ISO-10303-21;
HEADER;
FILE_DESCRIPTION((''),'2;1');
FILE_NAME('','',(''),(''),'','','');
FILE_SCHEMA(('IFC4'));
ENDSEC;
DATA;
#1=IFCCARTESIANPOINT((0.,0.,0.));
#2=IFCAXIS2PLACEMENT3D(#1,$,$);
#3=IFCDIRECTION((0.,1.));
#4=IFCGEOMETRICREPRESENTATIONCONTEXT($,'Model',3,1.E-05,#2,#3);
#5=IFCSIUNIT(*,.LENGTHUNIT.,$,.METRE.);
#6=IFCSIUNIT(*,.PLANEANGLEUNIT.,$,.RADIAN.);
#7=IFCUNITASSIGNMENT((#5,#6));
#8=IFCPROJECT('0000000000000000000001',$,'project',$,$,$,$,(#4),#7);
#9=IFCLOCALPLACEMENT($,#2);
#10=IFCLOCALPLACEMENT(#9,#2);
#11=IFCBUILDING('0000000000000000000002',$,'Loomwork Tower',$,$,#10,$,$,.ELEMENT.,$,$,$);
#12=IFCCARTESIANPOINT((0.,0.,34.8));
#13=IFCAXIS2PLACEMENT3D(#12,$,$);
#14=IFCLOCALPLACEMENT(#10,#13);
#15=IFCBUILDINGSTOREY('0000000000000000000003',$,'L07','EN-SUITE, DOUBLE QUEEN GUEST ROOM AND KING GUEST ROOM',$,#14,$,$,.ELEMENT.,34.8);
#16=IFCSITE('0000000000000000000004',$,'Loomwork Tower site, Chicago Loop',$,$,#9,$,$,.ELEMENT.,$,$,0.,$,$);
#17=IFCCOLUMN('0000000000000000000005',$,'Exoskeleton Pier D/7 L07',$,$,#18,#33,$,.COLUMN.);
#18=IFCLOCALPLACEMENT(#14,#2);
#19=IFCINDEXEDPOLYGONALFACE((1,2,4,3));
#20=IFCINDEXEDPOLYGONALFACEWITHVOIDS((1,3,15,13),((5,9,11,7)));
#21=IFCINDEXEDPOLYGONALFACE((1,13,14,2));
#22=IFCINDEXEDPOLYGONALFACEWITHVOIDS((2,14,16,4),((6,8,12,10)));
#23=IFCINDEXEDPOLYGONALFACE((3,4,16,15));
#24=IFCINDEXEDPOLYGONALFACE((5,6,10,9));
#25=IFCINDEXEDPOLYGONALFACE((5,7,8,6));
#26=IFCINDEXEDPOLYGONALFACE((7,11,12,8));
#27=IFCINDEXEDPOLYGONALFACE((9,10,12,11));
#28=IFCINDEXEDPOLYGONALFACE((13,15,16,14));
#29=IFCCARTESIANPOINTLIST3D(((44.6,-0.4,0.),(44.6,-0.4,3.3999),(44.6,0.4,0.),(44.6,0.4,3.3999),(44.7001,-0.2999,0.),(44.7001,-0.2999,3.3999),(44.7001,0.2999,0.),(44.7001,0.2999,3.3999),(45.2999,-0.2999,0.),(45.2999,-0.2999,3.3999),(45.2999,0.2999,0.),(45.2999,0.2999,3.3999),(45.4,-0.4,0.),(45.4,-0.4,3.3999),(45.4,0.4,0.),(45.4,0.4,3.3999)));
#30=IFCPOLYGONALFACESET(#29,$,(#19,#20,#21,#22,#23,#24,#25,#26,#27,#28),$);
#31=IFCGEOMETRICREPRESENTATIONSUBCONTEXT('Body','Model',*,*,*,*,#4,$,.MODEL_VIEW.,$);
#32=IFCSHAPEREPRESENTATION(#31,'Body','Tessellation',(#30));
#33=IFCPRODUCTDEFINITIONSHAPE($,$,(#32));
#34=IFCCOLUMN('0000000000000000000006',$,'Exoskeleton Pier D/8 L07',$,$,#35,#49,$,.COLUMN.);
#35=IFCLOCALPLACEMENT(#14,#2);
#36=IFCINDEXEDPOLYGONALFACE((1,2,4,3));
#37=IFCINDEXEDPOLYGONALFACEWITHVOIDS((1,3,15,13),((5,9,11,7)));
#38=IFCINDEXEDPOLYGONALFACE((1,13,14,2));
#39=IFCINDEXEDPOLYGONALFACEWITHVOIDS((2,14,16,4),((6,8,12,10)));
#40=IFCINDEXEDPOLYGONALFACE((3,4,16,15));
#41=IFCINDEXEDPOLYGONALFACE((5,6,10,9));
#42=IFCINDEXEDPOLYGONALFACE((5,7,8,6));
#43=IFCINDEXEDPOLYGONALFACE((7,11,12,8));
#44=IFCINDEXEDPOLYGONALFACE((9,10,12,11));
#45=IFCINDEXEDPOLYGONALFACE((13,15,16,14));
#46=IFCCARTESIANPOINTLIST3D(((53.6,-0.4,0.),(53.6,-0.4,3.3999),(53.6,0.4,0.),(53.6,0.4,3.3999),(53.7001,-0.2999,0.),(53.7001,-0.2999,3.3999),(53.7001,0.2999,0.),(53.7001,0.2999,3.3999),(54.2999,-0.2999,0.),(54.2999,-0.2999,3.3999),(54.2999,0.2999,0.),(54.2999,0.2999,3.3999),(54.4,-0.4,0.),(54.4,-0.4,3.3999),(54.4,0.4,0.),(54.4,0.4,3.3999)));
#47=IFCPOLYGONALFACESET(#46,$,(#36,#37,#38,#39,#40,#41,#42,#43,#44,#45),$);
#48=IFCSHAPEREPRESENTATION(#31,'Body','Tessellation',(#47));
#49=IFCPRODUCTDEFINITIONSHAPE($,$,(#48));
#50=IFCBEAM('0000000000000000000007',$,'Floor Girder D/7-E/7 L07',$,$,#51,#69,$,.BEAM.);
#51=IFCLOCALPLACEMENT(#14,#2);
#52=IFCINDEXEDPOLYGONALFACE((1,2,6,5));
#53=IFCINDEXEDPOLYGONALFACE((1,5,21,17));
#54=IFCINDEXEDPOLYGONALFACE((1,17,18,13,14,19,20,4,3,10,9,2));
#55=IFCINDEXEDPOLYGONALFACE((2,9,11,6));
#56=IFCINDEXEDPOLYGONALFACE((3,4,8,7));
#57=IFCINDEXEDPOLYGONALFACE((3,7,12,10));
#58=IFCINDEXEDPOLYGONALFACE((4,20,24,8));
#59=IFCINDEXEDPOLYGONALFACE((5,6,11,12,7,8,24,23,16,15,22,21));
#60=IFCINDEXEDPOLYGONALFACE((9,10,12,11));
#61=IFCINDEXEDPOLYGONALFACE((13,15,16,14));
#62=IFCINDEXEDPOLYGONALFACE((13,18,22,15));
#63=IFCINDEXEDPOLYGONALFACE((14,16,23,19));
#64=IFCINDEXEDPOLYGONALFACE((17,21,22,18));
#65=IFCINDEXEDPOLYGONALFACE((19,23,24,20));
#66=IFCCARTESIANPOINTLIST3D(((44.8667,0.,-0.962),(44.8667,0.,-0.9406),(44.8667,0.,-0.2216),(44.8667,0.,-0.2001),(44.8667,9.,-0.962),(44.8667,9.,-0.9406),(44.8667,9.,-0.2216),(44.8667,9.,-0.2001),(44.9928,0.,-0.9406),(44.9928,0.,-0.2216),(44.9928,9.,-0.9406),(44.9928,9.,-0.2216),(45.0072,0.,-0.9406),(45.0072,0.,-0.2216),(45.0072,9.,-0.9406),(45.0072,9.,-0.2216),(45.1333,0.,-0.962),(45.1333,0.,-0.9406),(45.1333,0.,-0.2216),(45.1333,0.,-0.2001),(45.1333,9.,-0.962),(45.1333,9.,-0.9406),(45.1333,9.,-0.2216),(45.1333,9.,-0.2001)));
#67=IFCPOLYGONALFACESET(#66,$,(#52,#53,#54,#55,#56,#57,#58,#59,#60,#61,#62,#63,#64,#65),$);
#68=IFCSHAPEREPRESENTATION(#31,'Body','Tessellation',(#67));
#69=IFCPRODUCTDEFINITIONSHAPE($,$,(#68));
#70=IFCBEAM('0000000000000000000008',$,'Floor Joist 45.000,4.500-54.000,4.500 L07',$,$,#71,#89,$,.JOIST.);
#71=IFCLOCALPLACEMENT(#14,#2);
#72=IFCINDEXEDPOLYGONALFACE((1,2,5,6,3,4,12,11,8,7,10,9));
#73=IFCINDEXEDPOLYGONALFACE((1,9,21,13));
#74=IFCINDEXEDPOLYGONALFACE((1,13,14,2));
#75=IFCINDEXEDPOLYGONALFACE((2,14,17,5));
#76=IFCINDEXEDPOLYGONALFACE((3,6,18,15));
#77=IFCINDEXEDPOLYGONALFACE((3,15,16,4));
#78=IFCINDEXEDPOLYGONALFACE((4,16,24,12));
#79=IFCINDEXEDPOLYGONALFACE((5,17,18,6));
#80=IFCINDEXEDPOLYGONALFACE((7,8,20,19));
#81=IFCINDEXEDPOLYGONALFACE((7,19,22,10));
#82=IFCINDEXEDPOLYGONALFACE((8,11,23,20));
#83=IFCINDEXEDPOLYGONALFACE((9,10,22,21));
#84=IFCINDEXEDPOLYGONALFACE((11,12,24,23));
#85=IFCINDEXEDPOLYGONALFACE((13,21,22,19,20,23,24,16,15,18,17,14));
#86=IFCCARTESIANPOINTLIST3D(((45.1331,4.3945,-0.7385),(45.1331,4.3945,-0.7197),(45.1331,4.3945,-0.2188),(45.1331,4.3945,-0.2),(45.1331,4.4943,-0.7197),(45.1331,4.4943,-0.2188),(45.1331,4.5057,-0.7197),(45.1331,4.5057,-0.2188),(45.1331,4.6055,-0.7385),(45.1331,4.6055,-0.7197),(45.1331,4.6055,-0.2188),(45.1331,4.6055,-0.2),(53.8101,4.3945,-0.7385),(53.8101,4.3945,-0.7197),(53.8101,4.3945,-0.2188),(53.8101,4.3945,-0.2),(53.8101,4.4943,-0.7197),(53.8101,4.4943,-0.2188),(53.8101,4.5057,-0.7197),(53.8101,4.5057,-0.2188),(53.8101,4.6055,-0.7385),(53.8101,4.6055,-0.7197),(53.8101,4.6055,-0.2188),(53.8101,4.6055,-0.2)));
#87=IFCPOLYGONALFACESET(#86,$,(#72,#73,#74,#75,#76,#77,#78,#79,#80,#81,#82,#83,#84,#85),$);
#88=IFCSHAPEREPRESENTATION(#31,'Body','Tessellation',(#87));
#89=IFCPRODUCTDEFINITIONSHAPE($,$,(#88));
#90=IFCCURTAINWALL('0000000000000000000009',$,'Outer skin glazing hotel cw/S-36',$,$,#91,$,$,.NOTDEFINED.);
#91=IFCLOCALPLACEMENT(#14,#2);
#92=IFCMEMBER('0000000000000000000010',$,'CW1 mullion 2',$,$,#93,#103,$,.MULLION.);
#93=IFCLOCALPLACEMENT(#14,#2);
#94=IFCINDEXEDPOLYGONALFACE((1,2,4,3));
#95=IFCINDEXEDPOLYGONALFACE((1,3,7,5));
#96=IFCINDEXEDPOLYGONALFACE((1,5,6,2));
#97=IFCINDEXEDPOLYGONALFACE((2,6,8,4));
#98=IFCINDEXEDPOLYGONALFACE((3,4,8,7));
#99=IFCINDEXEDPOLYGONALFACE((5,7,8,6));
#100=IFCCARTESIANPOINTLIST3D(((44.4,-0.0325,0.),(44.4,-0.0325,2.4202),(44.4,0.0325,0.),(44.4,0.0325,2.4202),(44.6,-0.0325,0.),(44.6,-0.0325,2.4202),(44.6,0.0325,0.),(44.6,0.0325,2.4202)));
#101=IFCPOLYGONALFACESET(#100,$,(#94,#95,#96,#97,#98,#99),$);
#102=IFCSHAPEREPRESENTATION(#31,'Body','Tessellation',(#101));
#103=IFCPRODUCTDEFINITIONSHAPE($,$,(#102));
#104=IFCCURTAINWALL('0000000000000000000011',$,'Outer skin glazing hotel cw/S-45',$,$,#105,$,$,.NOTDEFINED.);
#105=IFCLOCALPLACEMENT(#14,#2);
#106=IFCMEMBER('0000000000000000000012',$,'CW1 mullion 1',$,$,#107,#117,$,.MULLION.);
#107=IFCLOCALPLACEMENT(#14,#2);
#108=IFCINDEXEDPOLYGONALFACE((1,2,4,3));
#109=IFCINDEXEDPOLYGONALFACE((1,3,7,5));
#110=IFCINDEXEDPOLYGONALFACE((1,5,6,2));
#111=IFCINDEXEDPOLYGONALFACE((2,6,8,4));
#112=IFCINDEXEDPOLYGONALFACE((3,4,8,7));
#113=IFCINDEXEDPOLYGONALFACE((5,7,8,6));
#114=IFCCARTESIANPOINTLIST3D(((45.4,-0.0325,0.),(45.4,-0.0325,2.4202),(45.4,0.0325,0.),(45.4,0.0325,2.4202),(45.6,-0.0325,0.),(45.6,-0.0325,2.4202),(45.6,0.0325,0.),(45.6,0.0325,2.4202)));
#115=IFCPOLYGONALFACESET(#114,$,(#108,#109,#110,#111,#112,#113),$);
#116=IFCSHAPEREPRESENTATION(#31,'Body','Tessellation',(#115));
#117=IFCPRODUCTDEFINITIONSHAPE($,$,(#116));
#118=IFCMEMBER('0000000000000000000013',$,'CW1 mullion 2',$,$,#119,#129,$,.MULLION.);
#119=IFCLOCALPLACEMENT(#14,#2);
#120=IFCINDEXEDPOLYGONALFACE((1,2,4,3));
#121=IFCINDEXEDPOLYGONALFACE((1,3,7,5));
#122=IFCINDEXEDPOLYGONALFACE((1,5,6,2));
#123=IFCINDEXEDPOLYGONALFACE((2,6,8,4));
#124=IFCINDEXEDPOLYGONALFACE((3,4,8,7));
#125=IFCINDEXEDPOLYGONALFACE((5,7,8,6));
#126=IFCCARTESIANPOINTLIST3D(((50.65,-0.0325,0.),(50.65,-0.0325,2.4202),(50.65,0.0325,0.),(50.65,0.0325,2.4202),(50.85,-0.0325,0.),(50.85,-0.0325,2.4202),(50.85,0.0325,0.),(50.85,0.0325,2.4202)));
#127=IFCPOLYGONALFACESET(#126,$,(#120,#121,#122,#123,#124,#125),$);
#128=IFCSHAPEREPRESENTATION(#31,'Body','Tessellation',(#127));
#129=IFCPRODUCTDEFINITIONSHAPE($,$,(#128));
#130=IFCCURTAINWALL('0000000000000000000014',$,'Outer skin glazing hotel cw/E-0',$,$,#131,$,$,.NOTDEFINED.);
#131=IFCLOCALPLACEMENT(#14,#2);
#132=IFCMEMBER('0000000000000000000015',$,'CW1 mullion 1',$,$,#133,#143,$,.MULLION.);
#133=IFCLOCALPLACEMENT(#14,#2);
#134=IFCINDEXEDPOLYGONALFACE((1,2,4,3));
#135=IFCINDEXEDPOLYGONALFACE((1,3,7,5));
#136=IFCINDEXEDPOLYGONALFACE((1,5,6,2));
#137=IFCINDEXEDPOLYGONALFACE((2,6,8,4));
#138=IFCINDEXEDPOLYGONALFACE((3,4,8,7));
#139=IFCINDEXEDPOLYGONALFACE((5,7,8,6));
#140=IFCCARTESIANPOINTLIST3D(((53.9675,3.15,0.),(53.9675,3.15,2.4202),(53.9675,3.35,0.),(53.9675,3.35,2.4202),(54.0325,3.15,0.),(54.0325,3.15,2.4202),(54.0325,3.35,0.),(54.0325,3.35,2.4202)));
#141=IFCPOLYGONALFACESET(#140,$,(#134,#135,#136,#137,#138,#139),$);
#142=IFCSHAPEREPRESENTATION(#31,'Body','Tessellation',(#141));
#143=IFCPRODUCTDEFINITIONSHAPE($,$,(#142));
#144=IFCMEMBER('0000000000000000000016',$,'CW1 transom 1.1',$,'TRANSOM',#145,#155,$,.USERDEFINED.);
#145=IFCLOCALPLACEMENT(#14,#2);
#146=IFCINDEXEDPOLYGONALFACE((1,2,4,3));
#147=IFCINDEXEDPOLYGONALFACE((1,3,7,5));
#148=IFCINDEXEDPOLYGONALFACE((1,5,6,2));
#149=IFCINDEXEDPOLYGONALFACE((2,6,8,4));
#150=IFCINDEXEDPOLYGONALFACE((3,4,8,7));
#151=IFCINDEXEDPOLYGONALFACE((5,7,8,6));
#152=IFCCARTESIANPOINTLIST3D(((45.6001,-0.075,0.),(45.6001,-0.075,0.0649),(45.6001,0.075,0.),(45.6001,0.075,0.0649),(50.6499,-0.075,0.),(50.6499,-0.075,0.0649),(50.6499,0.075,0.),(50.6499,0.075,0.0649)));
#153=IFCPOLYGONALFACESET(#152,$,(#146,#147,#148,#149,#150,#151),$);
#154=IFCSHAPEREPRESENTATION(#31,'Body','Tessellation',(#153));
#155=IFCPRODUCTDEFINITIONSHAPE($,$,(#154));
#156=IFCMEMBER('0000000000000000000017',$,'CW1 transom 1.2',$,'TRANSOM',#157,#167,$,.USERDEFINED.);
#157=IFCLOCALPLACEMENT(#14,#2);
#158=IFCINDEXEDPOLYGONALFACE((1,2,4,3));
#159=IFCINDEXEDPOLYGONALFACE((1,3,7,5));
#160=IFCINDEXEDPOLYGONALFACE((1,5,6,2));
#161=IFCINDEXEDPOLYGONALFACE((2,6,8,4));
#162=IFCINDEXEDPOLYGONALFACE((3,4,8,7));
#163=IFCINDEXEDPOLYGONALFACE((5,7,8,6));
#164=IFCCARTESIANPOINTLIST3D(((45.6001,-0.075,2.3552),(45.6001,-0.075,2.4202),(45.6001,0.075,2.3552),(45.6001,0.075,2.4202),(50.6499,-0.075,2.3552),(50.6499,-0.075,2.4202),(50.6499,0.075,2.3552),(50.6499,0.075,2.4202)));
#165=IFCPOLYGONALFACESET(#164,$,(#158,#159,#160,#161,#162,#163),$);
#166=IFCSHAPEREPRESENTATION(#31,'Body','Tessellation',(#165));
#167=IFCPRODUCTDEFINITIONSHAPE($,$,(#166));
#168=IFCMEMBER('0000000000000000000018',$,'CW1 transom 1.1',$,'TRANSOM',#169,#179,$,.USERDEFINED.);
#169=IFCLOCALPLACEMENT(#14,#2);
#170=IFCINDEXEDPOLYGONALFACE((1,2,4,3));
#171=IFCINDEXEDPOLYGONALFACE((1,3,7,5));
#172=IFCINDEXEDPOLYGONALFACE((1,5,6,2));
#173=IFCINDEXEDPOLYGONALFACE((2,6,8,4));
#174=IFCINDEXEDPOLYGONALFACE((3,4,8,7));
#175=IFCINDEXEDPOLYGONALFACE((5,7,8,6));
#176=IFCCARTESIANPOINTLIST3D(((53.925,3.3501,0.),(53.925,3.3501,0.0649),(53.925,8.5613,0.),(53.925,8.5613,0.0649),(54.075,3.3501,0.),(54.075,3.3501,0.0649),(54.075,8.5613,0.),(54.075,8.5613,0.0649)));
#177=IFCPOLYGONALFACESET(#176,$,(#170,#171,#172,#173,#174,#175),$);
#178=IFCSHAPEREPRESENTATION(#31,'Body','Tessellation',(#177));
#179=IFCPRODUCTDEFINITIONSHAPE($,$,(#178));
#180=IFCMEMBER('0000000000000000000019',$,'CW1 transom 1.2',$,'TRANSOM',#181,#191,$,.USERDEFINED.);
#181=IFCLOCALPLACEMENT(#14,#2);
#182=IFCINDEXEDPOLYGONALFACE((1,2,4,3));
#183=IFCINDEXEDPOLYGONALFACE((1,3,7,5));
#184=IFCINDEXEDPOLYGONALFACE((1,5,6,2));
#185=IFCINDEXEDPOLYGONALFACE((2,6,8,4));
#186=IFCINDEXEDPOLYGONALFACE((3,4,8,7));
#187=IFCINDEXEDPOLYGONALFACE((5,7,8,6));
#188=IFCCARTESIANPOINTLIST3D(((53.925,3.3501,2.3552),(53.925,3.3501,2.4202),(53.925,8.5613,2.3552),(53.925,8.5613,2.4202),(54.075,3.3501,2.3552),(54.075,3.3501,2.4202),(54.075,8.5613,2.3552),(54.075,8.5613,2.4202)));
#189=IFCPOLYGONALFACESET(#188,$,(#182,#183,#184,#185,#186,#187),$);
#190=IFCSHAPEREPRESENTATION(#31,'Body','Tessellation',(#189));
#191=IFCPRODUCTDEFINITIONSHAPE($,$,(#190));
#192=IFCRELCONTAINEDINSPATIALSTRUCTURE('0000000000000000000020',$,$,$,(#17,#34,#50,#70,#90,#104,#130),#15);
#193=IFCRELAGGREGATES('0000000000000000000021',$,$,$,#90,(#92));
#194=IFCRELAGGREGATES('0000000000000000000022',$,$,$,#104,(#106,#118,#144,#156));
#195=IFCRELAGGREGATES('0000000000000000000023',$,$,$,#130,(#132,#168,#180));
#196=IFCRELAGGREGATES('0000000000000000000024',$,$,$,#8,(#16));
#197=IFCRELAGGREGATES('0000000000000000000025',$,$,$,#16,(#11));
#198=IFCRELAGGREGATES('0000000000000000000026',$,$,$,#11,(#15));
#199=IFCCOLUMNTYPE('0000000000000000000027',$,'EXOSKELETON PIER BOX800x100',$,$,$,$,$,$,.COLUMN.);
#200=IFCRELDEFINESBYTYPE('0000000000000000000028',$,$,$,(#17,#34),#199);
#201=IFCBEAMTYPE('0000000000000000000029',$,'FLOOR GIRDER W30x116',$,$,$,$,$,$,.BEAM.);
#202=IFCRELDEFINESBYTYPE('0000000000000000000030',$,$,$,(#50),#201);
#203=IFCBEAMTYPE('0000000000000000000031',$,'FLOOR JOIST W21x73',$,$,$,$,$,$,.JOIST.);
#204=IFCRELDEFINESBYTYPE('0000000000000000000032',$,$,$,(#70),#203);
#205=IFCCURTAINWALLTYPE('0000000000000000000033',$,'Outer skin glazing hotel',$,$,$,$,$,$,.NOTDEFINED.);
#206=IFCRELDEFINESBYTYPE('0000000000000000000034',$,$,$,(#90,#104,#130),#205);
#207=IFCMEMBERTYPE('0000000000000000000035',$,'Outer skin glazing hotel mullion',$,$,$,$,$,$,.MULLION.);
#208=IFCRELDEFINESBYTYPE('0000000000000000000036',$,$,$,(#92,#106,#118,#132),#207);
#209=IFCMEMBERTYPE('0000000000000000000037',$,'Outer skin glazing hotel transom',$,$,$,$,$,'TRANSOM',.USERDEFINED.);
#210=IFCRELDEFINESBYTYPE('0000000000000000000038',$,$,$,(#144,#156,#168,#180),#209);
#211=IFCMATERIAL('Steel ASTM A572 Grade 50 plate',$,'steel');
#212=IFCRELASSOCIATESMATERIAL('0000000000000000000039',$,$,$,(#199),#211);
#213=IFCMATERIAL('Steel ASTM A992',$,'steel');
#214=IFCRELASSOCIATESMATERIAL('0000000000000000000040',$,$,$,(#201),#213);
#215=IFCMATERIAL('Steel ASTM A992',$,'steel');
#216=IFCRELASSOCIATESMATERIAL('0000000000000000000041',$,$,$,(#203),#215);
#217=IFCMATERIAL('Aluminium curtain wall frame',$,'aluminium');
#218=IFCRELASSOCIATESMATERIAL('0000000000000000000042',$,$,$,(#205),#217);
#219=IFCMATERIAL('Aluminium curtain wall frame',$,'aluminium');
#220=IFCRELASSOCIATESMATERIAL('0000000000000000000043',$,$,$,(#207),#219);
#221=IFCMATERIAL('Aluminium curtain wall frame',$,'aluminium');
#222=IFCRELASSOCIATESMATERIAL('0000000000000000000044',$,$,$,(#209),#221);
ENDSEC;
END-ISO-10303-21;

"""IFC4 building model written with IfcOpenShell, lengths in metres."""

from ifc_helpers import new_model, si_unit, direction, frame, origin, origin_2d, place, context, subcontext, project, spatial, rectangle, hollow_rectangle, i_section, extrude, material, material_profile, profile_set, type_object, element, aggregate, save


model = new_model("IFC4")

# Units and contexts
model_context = context("Model", 3, precision=1e-05, world=origin(), true_north=direction((0.0, 1.0)))
body_context = subcontext(model_context, "Body", "Model", "MODEL_VIEW")
ifc_project = project(units=[si_unit("LENGTHUNIT", "METRE"), si_unit("PLANEANGLEUNIT", "RADIAN")], contexts=[model_context])

# Site, building, storey
site_placement = place(None, origin())
site = spatial("IfcSite", under=ifc_project, at=site_placement, Name="Loomwork Tower site, Chicago Loop", CompositionType="ELEMENT", RefElevation=0.0)
building_placement = place(site_placement, origin())
building = spatial("IfcBuilding", under=site, at=building_placement, Name="Loomwork Tower", CompositionType="ELEMENT")
storey_placement = place(building_placement, frame((0.0, 0.0, 34.8)))
storey = spatial("IfcBuildingStorey", under=building, at=storey_placement, Name="L07", Description="EN-SUITE, DOUBLE QUEEN GUEST ROOM AND KING GUEST ROOM", CompositionType="ELEMENT", Elevation=34.8)

# Columns
ifc_material_1 = material(Name="Steel ASTM A572 Grade 50 plate", Category="steel")
ifc_material_profile_1 = material_profile(ifc_material_1, hollow_rectangle(XDim=0.8, YDim=0.8, WallThickness=0.1001, at=origin_2d()), Name="BOX800x100")
ifc_profile_set_1 = profile_set([ifc_material_profile_1], Name="Steel ASTM A572 Grade 50 plate")
column_type = type_object("IfcColumnType", Name="EXOSKELETON PIER BOX800x100", PredefinedType="COLUMN", material=ifc_profile_set_1)
for number, where, z_axis, x_axis, name in (
    (1, (45.0, 0.0, 0.0), (0.0, 0.0, 1.0), (1.0, 0.0, 0.0), "Exoskeleton Pier D/7 L07"),
    (2, (54.0, 0.0, 0.0), (0.0, 0.0, 1.0), (1.0, 0.0, 0.0), "Exoskeleton Pier D/8 L07"),
):
    element("IfcColumn", number, at=place(storey_placement, frame(where, z_axis=z_axis, x_axis=x_axis)), inside=storey, type_object=column_type, Name=name, PredefinedType="COLUMN", context=body_context, shape_type="SweptSolid", body=[
        extrude(hollow_rectangle(XDim=0.8, YDim=0.8, WallThickness=0.1001, at=origin_2d()), origin(), (0.0, 0.0, 1.0), 3.3999),
    ])

# Beams
ifc_material_2 = material(Name="Steel ASTM A992", Category="steel")
ifc_material_profile_2 = material_profile(ifc_material_2, i_section(OverallWidth=0.2666, OverallDepth=0.762, WebThickness=0.0144, FlangeThickness=0.0215, at=origin_2d()), Name="W30x116")
ifc_profile_set_2 = profile_set([ifc_material_profile_2], Name="Steel ASTM A992")
beam_type_1 = type_object("IfcBeamType", Name="FLOOR GIRDER W30x116", PredefinedType="BEAM", material=ifc_profile_set_2)
beam_1_placement = place(storey_placement, frame((45.0, 0.0, -0.5811), z_axis=(0.0, 1.0, 0.0), x_axis=(-1.0, 0.0, 0.0)))
element("IfcBeam", 3, at=beam_1_placement, inside=storey, type_object=beam_type_1, Name="Floor Girder D/7-E/7 L07", PredefinedType="BEAM", context=body_context, shape_type="SweptSolid", body=[
    extrude(i_section(OverallWidth=0.2666, OverallDepth=0.762, WebThickness=0.0144, FlangeThickness=0.0215, at=origin_2d()), origin(), (0.0, 0.0, 1.0), 9.0),
])
ifc_material_3 = material(Name="Steel ASTM A992", Category="steel")
ifc_material_profile_3 = material_profile(ifc_material_3, i_section(OverallWidth=0.2109, OverallDepth=0.5386, WebThickness=0.0115, FlangeThickness=0.0188, at=origin_2d()), Name="W21x73")
ifc_profile_set_3 = profile_set([ifc_material_profile_3], Name="Steel ASTM A992")
beam_type_2 = type_object("IfcBeamType", Name="FLOOR JOIST W21x73", PredefinedType="JOIST", material=ifc_profile_set_3)
beam_2_placement = place(storey_placement, frame((45.1331, 4.5, -0.4692), z_axis=(1.0, 0.0, 0.0), x_axis=(0.0, 1.0, 0.0)))
element("IfcBeam", 4, at=beam_2_placement, inside=storey, type_object=beam_type_2, Name="Floor Joist 45.000,4.500-54.000,4.500 L07", PredefinedType="JOIST", context=body_context, shape_type="SweptSolid", body=[
    extrude(i_section(OverallWidth=0.2109, OverallDepth=0.5386, WebThickness=0.0115, FlangeThickness=0.0188, at=origin_2d()), origin(), (0.0, 0.0, 1.0), 8.677),
])

# Curtain wall, member
ifc_material_4 = material(Name="Aluminium curtain wall frame", Category="aluminium")
curtain_wall_type = type_object("IfcCurtainWallType", Name="Outer skin glazing hotel", PredefinedType="NOTDEFINED", material=ifc_material_4)
curtain_wall_1_placement = place(storey_placement, origin())
curtain_wall_1 = element("IfcCurtainWall", 5, at=curtain_wall_1_placement, inside=storey, type_object=curtain_wall_type, Name="Outer skin glazing hotel cw/S-36", PredefinedType="NOTDEFINED")
ifc_material_5 = material(Name="Aluminium curtain wall frame", Category="aluminium")
ifc_material_profile_4 = material_profile(ifc_material_5, rectangle(XDim=0.0649, YDim=0.2, at=origin_2d()), Name="AL 65x200")
ifc_profile_set_4 = profile_set([ifc_material_profile_4], Name="Aluminium curtain wall frame")
member_type_1 = type_object("IfcMemberType", Name="Outer skin glazing hotel mullion", PredefinedType="MULLION", material=ifc_profile_set_4)
member_1_placement = place(storey_placement, frame((44.5, 0.0, 0.0), z_axis=(0.0, 0.0, 1.0), x_axis=(0.0, 1.0, 0.0)))
member_1 = element("IfcMember", 6, at=member_1_placement, type_object=member_type_1, Name="CW1 mullion 2", PredefinedType="MULLION", context=body_context, shape_type="SweptSolid", body=[
    extrude(rectangle(XDim=0.0649, YDim=0.2, at=origin_2d()), origin(), (0.0, 0.0, 1.0), 2.4202),
])
aggregate(curtain_wall_1, [member_1])

# Curtain wall, members
curtain_wall_2_placement = place(storey_placement, origin())
curtain_wall_2 = element("IfcCurtainWall", 7, at=curtain_wall_2_placement, inside=storey, type_object=curtain_wall_type, Name="Outer skin glazing hotel cw/S-45", PredefinedType="NOTDEFINED")
member_2_placement = place(storey_placement, frame((45.5, 0.0, 0.0), z_axis=(0.0, 0.0, 1.0), x_axis=(0.0, 1.0, 0.0)))
member_2 = element("IfcMember", 8, at=member_2_placement, type_object=member_type_1, Name="CW1 mullion 1", PredefinedType="MULLION", context=body_context, shape_type="SweptSolid", body=[
    extrude(rectangle(XDim=0.0649, YDim=0.2, at=origin_2d()), origin(), (0.0, 0.0, 1.0), 2.4202),
])
member_3_placement = place(storey_placement, frame((50.75, 0.0, 0.0), z_axis=(0.0, 0.0, 1.0), x_axis=(0.0, 1.0, 0.0)))
member_3 = element("IfcMember", 9, at=member_3_placement, type_object=member_type_1, Name="CW1 mullion 2", PredefinedType="MULLION", context=body_context, shape_type="SweptSolid", body=[
    extrude(rectangle(XDim=0.0649, YDim=0.2, at=origin_2d()), origin(), (0.0, 0.0, 1.0), 2.4202),
])

# Curtain wall, member
curtain_wall_3_placement = place(storey_placement, origin())
curtain_wall_3 = element("IfcCurtainWall", 10, at=curtain_wall_3_placement, inside=storey, type_object=curtain_wall_type, Name="Outer skin glazing hotel cw/E-0", PredefinedType="NOTDEFINED")
member_4_placement = place(storey_placement, frame((54.0, 3.25, 0.0), z_axis=(0.0, 0.0, 1.0), x_axis=(-1.0, 0.0, 0.0)))
member_4 = element("IfcMember", 11, at=member_4_placement, type_object=member_type_1, Name="CW1 mullion 1", PredefinedType="MULLION", context=body_context, shape_type="SweptSolid", body=[
    extrude(rectangle(XDim=0.0649, YDim=0.2, at=origin_2d()), origin(), (0.0, 0.0, 1.0), 2.4202),
])

# Members
ifc_material_6 = material(Name="Aluminium curtain wall frame", Category="aluminium")
ifc_material_profile_5 = material_profile(ifc_material_6, rectangle(XDim=0.1499, YDim=0.0649, at=origin_2d()), Name="AL 65x150")
ifc_profile_set_5 = profile_set([ifc_material_profile_5], Name="Aluminium curtain wall frame")
member_type_2 = type_object("IfcMemberType", Name="Outer skin glazing hotel transom", ElementType="TRANSOM", PredefinedType="USERDEFINED", material=ifc_profile_set_5)
member_5_placement = place(storey_placement, frame((45.6001, 0.0, 0.0325), z_axis=(1.0, 0.0, 0.0), x_axis=(0.0, 1.0, 0.0)))
member_5 = element("IfcMember", 12, at=member_5_placement, type_object=member_type_2, Name="CW1 transom 1.1", ObjectType="TRANSOM", PredefinedType="USERDEFINED", context=body_context, shape_type="SweptSolid", body=[
    extrude(rectangle(XDim=0.1499, YDim=0.0649, at=origin_2d()), origin(), (0.0, 0.0, 1.0), 5.0498),
])
member_6_placement = place(storey_placement, frame((45.6001, 0.0, 2.3877), z_axis=(1.0, 0.0, 0.0), x_axis=(0.0, 1.0, 0.0)))
member_6 = element("IfcMember", 13, at=member_6_placement, type_object=member_type_2, Name="CW1 transom 1.2", ObjectType="TRANSOM", PredefinedType="USERDEFINED", context=body_context, shape_type="SweptSolid", body=[
    extrude(rectangle(XDim=0.1499, YDim=0.0649, at=origin_2d()), origin(), (0.0, 0.0, 1.0), 5.0498),
])
member_7_placement = place(storey_placement, frame((54.0, 3.3501, 0.0325), z_axis=(0.0, 1.0, 0.0), x_axis=(-1.0, 0.0, 0.0)))
member_7 = element("IfcMember", 14, at=member_7_placement, type_object=member_type_2, Name="CW1 transom 1.1", ObjectType="TRANSOM", PredefinedType="USERDEFINED", context=body_context, shape_type="SweptSolid", body=[
    extrude(rectangle(XDim=0.1499, YDim=0.0649, at=origin_2d()), origin(), (0.0, 0.0, 1.0), 5.2112),
])
member_8_placement = place(storey_placement, frame((54.0, 3.3501, 2.3877), z_axis=(0.0, 1.0, 0.0), x_axis=(-1.0, 0.0, 0.0)))
member_8 = element("IfcMember", 15, at=member_8_placement, type_object=member_type_2, Name="CW1 transom 1.2", ObjectType="TRANSOM", PredefinedType="USERDEFINED", context=body_context, shape_type="SweptSolid", body=[
    extrude(rectangle(XDim=0.1499, YDim=0.0649, at=origin_2d()), origin(), (0.0, 0.0, 1.0), 5.2112),
])

aggregate(curtain_wall_2, [member_2, member_3, member_5, member_6])
aggregate(curtain_wall_3, [member_4, member_7, member_8])

save(model, "model.ifc")
